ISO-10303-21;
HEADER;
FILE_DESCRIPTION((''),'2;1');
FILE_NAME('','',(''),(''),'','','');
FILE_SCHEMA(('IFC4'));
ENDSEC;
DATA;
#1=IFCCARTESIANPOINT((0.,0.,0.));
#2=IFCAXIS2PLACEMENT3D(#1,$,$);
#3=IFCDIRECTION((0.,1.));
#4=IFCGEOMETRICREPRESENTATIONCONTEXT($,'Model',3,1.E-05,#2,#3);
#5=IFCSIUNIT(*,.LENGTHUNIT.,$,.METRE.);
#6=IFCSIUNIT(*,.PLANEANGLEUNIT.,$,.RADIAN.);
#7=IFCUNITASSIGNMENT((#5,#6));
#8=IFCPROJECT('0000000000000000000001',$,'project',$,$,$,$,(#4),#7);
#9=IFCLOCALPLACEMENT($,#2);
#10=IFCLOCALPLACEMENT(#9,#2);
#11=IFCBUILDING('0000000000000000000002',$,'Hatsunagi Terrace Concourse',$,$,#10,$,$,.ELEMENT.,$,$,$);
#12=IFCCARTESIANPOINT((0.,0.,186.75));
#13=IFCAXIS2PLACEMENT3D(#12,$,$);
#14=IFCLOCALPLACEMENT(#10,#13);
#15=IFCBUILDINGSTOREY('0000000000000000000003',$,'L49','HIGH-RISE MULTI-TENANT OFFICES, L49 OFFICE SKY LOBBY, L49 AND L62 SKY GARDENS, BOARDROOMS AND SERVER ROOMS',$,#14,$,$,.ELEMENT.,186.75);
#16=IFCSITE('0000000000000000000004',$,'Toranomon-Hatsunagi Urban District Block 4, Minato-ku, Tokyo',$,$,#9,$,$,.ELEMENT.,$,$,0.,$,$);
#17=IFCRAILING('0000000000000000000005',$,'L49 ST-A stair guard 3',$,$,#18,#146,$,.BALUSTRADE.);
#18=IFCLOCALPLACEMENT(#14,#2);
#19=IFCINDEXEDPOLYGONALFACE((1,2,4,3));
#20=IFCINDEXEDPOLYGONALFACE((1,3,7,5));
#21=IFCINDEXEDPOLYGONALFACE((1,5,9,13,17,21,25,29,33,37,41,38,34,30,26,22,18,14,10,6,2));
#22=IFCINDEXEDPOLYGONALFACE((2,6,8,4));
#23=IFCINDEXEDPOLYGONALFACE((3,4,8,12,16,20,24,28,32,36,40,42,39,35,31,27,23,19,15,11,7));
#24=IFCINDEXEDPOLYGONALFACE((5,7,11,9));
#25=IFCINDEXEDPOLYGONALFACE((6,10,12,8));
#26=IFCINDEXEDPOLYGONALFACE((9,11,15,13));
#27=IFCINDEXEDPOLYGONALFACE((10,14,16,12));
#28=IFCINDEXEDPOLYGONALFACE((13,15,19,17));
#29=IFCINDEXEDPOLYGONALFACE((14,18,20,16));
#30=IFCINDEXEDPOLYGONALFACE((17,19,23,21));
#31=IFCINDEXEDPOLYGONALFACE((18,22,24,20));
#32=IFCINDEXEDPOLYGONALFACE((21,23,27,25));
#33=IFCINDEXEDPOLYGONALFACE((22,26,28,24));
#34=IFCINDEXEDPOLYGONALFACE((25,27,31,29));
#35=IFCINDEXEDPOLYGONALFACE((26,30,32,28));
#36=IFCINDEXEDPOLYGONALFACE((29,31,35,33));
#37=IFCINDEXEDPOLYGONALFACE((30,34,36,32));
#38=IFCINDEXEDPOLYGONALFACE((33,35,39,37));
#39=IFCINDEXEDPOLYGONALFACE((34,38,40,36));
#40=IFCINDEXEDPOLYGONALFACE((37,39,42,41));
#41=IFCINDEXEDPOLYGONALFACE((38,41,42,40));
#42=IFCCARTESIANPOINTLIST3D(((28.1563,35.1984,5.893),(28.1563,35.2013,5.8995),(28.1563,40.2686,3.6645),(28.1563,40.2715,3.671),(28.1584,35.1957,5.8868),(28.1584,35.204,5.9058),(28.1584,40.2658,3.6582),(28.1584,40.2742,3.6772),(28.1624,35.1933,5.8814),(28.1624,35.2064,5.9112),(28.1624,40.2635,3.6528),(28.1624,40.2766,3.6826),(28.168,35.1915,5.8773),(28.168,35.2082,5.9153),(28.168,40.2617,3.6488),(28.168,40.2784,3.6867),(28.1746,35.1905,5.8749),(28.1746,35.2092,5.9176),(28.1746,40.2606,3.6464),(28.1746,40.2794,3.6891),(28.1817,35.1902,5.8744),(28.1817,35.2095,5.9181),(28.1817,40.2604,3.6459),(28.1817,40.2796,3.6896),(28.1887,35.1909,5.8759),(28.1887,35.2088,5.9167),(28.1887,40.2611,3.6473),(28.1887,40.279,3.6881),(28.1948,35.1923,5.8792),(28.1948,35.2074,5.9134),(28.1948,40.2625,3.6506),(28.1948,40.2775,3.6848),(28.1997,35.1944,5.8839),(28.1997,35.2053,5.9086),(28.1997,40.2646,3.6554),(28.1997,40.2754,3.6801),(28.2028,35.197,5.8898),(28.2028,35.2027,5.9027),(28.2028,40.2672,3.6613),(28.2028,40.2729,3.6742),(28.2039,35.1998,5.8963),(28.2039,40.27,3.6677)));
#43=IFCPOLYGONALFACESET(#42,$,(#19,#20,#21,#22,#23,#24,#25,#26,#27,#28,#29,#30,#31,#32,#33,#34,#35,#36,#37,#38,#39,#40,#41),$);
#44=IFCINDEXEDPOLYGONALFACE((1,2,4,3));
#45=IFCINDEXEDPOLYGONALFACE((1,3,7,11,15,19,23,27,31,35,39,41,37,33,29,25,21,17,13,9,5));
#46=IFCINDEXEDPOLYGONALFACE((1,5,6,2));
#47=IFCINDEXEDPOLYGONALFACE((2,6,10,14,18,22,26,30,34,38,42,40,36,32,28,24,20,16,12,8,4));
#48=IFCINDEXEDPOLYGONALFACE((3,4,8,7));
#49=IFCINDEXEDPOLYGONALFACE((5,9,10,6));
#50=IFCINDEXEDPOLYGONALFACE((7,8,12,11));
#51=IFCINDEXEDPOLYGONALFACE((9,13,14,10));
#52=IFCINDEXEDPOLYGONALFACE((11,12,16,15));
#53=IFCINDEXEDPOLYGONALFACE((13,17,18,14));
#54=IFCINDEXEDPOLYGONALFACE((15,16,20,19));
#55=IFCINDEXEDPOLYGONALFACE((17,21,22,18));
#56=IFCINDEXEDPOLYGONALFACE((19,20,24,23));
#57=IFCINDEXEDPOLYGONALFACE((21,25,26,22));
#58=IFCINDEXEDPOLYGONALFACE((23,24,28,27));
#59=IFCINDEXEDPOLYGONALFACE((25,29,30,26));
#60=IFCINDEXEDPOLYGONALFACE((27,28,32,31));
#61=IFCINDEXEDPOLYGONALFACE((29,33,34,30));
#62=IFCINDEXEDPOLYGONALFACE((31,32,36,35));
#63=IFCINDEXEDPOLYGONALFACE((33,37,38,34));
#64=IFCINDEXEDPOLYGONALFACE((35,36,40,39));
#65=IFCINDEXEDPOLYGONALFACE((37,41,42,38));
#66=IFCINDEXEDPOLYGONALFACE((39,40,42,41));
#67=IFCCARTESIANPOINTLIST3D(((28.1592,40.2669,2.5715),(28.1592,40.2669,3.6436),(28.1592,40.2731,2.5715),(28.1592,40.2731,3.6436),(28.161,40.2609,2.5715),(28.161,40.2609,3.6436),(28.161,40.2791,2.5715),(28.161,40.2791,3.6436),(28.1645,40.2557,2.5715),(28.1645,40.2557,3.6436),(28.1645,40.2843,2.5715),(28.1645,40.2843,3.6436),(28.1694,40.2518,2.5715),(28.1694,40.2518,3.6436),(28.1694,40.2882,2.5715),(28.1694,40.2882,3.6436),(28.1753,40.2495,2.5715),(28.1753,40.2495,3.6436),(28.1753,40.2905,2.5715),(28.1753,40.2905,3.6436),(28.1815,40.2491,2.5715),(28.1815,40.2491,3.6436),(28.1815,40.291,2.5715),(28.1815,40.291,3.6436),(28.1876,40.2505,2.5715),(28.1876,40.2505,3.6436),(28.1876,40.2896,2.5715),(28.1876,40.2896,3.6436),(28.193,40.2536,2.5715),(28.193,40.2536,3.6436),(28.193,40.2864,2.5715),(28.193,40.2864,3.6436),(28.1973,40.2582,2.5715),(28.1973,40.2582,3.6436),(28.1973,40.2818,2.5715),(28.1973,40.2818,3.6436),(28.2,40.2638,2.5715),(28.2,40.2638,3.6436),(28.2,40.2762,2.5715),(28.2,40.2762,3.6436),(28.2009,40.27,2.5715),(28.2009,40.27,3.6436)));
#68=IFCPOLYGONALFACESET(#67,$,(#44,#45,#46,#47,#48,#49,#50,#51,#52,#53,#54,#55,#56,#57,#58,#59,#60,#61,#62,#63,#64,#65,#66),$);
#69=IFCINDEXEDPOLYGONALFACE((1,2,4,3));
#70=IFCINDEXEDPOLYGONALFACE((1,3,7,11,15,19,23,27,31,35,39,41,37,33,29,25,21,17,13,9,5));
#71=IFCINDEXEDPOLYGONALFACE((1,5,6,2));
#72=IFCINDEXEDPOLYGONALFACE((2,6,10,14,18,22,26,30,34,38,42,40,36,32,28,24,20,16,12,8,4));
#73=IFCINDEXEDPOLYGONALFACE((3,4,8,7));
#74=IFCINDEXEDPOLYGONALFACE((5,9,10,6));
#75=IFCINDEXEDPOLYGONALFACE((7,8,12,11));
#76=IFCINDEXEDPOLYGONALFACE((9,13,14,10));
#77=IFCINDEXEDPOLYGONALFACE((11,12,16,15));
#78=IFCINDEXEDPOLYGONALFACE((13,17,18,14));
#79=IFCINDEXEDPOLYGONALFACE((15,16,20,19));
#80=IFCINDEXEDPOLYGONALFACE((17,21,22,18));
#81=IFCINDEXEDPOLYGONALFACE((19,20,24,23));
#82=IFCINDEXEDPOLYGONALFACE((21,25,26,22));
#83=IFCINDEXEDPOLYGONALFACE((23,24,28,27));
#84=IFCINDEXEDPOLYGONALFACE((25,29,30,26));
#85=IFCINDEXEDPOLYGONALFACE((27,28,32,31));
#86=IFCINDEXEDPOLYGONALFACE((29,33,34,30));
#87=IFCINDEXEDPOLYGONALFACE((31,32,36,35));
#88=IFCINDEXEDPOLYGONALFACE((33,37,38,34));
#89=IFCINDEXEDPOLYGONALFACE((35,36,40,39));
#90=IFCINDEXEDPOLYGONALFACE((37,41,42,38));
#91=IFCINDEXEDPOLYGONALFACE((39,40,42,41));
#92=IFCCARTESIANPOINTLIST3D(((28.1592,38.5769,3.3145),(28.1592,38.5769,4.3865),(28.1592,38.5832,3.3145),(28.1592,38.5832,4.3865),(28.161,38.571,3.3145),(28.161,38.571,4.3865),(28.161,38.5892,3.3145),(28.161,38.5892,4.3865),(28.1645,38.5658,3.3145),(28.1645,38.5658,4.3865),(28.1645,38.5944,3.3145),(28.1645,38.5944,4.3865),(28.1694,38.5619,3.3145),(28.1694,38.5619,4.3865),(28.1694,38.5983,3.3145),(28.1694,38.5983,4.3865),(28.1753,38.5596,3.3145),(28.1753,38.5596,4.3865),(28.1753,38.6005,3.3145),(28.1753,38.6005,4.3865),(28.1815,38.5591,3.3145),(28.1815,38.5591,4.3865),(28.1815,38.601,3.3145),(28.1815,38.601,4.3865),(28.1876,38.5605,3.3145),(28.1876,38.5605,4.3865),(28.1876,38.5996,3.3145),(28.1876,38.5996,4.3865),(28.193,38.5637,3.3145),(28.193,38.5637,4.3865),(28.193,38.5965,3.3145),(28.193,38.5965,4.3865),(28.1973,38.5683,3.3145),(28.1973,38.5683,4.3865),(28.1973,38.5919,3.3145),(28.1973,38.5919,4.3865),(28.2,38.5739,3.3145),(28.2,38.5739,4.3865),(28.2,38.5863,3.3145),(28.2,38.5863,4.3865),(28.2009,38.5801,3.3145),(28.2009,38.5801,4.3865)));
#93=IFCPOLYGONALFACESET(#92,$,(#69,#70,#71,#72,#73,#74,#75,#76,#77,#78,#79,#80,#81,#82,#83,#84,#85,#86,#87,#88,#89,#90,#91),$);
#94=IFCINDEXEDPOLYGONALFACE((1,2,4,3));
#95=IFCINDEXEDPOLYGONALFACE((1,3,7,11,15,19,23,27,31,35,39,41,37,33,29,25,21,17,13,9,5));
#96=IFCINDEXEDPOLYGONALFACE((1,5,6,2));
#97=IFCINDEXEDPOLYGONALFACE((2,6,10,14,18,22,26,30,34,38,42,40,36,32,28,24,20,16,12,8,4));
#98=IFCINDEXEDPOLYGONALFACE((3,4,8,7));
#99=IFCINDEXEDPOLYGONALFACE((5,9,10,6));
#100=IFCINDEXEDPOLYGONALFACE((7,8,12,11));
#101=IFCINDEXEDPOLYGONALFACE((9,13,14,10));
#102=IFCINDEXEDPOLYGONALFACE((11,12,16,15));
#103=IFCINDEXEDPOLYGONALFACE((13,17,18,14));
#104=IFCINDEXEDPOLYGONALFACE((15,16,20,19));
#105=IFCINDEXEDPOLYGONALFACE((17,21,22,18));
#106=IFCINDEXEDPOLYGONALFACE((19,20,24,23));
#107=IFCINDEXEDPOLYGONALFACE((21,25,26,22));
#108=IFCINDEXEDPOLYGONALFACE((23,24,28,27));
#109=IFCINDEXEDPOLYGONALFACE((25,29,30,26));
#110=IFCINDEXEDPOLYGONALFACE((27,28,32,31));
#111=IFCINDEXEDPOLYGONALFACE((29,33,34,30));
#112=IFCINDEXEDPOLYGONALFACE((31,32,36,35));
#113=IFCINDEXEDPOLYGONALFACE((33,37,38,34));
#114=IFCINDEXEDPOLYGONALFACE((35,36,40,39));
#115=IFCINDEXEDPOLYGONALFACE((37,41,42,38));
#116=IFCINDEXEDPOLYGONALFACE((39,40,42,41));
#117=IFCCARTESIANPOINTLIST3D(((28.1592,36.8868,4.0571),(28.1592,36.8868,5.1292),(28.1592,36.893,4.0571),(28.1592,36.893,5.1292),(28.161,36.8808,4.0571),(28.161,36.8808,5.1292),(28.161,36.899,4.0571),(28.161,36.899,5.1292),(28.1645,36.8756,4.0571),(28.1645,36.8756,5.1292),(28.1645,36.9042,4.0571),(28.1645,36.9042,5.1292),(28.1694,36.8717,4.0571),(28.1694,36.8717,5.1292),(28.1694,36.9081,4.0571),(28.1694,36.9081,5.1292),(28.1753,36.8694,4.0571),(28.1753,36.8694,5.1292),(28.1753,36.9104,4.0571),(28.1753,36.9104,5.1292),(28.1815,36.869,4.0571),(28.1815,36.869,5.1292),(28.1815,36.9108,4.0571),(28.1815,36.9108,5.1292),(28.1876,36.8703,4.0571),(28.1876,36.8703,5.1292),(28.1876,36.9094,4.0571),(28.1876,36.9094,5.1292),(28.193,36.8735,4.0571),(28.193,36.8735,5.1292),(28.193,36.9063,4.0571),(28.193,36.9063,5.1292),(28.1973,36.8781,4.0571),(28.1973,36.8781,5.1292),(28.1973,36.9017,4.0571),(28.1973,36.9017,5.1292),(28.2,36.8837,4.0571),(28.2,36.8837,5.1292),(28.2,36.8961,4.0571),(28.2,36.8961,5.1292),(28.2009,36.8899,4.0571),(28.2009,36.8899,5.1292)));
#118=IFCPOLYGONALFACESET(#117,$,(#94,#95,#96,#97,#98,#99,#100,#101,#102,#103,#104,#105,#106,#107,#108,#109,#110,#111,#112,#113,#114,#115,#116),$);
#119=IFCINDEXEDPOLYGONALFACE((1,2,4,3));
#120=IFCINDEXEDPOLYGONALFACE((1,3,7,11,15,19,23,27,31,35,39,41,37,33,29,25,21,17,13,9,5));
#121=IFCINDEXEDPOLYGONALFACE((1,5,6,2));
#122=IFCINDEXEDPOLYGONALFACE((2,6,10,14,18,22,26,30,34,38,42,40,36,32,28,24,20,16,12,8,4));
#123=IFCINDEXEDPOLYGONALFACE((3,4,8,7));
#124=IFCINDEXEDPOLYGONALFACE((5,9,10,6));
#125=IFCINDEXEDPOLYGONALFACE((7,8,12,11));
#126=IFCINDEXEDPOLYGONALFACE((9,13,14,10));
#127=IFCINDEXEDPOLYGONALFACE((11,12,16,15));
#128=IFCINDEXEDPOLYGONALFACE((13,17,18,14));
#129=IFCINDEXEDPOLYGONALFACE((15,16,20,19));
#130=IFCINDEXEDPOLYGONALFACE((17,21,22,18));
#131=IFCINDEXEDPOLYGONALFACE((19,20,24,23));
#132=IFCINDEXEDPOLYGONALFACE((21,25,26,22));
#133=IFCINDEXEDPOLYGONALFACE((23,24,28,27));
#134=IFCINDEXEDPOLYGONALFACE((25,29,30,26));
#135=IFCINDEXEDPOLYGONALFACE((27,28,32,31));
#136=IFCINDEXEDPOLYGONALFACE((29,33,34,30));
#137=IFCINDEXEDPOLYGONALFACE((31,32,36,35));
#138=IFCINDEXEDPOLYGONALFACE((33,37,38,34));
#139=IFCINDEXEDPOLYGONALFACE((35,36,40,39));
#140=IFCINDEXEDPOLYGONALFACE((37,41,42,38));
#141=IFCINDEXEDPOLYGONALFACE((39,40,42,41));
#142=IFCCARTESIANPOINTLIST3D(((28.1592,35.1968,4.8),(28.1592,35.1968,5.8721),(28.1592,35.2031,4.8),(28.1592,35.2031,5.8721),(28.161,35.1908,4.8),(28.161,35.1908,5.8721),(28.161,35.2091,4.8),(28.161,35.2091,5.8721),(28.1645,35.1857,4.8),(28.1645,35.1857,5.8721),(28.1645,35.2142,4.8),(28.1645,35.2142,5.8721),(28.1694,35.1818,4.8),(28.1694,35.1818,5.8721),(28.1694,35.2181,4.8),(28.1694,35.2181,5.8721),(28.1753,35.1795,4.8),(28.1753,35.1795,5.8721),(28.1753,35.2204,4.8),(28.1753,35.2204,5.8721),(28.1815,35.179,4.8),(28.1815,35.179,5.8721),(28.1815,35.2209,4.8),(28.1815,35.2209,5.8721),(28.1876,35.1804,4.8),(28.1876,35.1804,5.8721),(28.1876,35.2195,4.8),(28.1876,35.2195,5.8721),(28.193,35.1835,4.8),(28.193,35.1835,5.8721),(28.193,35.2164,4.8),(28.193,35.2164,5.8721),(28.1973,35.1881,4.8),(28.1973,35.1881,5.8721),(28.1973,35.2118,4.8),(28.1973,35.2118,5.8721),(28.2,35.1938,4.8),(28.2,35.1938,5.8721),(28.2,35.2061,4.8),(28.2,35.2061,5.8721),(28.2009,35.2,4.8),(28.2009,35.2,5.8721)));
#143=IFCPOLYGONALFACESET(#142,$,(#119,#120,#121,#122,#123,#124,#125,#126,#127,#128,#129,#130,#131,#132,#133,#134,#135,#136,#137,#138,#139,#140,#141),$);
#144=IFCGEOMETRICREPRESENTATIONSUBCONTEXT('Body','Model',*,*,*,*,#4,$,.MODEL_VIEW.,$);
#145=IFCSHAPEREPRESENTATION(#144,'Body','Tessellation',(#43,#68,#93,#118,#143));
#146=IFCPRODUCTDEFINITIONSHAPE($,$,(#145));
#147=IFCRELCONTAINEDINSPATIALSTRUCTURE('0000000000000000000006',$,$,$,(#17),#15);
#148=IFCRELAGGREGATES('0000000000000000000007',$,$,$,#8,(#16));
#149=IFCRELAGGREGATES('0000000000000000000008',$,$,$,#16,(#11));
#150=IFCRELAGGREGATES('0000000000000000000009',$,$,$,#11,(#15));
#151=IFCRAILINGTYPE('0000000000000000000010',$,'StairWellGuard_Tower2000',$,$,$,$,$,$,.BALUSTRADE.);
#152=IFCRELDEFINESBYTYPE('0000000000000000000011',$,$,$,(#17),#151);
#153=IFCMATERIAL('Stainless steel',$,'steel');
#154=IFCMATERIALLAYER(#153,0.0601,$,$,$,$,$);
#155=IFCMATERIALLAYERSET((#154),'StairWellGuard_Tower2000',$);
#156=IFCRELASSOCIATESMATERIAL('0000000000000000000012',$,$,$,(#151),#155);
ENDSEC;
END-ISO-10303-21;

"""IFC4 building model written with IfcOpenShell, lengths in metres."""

from ifc_helpers import new_model, si_unit, direction, frame, origin, origin_2d, place, context, subcontext, project, spatial, circle, extrude, material, layer, layer_set, type_object, element, save


model = new_model("IFC4")

# Units and contexts
model_context = context("Model", 3, precision=1e-05, world=origin(), true_north=direction((0.0, 1.0)))
body_context = subcontext(model_context, "Body", "Model", "MODEL_VIEW")
ifc_project = project(units=[si_unit("LENGTHUNIT", "METRE"), si_unit("PLANEANGLEUNIT", "RADIAN")], contexts=[model_context])

# Site, building, storey
site_placement = place(None, origin())
site = spatial("IfcSite", under=ifc_project, at=site_placement, Name="Toranomon-Hatsunagi Urban District Block 4, Minato-ku, Tokyo", CompositionType="ELEMENT", RefElevation=0.0)
building_placement = place(site_placement, origin())
building = spatial("IfcBuilding", under=site, at=building_placement, Name="Hatsunagi Terrace Concourse", CompositionType="ELEMENT")
storey_placement = place(building_placement, frame((0.0, 0.0, 186.75)))
storey = spatial("IfcBuildingStorey", under=building, at=storey_placement, Name="L49", Description="HIGH-RISE MULTI-TENANT OFFICES, L49 OFFICE SKY LOBBY, L49 AND L62 SKY GARDENS, BOARDROOMS AND SERVER ROOMS", CompositionType="ELEMENT", Elevation=186.75)

# Railing
ifc_material_1 = material(Name="Stainless steel", Category="steel")
ifc_layer_1 = layer(ifc_material_1, 0.0601)
ifc_layer_set_1 = layer_set([ifc_layer_1], Name="StairWellGuard_Tower2000")
railing_type_1 = type_object("IfcRailingType", Name="StairWellGuard_Tower2000", PredefinedType="BALUSTRADE", material=ifc_layer_set_1)
railing_1_placement = place(storey_placement, frame((28.1799, 40.27, 2.5715)))
element("IfcRailing", 1, at=railing_1_placement, inside=storey, type_object=railing_type_1, Name="L49 ST-A stair guard 3", PredefinedType="BALUSTRADE", context=body_context, shape_type="SweptSolid", body=[
    extrude(circle(Radius=0.0239, at=origin_2d()), frame((0.0, 0.0, 1.0962), z_axis=(0.0, -0.915469, 0.402388), x_axis=(1.0, 0.0, 0.0)), (0.0, 0.0, 1.0), 5.5383),
    extrude(circle(Radius=0.021, at=origin_2d()), origin(), (0.0, 0.0, 1.0), 1.072),
    extrude(circle(Radius=0.021, at=origin_2d()), frame((0.0, -1.6899, 0.7429)), (0.0, 0.0, 1.0), 1.072),
    extrude(circle(Radius=0.021, at=origin_2d()), frame((0.0, -3.3801, 1.4856)), (0.0, 0.0, 1.0), 1.072),
    extrude(circle(Radius=0.021, at=origin_2d()), frame((0.0, -5.0701, 2.2285)), (0.0, 0.0, 1.0), 1.072),
])

save(model, "model.ifc")
